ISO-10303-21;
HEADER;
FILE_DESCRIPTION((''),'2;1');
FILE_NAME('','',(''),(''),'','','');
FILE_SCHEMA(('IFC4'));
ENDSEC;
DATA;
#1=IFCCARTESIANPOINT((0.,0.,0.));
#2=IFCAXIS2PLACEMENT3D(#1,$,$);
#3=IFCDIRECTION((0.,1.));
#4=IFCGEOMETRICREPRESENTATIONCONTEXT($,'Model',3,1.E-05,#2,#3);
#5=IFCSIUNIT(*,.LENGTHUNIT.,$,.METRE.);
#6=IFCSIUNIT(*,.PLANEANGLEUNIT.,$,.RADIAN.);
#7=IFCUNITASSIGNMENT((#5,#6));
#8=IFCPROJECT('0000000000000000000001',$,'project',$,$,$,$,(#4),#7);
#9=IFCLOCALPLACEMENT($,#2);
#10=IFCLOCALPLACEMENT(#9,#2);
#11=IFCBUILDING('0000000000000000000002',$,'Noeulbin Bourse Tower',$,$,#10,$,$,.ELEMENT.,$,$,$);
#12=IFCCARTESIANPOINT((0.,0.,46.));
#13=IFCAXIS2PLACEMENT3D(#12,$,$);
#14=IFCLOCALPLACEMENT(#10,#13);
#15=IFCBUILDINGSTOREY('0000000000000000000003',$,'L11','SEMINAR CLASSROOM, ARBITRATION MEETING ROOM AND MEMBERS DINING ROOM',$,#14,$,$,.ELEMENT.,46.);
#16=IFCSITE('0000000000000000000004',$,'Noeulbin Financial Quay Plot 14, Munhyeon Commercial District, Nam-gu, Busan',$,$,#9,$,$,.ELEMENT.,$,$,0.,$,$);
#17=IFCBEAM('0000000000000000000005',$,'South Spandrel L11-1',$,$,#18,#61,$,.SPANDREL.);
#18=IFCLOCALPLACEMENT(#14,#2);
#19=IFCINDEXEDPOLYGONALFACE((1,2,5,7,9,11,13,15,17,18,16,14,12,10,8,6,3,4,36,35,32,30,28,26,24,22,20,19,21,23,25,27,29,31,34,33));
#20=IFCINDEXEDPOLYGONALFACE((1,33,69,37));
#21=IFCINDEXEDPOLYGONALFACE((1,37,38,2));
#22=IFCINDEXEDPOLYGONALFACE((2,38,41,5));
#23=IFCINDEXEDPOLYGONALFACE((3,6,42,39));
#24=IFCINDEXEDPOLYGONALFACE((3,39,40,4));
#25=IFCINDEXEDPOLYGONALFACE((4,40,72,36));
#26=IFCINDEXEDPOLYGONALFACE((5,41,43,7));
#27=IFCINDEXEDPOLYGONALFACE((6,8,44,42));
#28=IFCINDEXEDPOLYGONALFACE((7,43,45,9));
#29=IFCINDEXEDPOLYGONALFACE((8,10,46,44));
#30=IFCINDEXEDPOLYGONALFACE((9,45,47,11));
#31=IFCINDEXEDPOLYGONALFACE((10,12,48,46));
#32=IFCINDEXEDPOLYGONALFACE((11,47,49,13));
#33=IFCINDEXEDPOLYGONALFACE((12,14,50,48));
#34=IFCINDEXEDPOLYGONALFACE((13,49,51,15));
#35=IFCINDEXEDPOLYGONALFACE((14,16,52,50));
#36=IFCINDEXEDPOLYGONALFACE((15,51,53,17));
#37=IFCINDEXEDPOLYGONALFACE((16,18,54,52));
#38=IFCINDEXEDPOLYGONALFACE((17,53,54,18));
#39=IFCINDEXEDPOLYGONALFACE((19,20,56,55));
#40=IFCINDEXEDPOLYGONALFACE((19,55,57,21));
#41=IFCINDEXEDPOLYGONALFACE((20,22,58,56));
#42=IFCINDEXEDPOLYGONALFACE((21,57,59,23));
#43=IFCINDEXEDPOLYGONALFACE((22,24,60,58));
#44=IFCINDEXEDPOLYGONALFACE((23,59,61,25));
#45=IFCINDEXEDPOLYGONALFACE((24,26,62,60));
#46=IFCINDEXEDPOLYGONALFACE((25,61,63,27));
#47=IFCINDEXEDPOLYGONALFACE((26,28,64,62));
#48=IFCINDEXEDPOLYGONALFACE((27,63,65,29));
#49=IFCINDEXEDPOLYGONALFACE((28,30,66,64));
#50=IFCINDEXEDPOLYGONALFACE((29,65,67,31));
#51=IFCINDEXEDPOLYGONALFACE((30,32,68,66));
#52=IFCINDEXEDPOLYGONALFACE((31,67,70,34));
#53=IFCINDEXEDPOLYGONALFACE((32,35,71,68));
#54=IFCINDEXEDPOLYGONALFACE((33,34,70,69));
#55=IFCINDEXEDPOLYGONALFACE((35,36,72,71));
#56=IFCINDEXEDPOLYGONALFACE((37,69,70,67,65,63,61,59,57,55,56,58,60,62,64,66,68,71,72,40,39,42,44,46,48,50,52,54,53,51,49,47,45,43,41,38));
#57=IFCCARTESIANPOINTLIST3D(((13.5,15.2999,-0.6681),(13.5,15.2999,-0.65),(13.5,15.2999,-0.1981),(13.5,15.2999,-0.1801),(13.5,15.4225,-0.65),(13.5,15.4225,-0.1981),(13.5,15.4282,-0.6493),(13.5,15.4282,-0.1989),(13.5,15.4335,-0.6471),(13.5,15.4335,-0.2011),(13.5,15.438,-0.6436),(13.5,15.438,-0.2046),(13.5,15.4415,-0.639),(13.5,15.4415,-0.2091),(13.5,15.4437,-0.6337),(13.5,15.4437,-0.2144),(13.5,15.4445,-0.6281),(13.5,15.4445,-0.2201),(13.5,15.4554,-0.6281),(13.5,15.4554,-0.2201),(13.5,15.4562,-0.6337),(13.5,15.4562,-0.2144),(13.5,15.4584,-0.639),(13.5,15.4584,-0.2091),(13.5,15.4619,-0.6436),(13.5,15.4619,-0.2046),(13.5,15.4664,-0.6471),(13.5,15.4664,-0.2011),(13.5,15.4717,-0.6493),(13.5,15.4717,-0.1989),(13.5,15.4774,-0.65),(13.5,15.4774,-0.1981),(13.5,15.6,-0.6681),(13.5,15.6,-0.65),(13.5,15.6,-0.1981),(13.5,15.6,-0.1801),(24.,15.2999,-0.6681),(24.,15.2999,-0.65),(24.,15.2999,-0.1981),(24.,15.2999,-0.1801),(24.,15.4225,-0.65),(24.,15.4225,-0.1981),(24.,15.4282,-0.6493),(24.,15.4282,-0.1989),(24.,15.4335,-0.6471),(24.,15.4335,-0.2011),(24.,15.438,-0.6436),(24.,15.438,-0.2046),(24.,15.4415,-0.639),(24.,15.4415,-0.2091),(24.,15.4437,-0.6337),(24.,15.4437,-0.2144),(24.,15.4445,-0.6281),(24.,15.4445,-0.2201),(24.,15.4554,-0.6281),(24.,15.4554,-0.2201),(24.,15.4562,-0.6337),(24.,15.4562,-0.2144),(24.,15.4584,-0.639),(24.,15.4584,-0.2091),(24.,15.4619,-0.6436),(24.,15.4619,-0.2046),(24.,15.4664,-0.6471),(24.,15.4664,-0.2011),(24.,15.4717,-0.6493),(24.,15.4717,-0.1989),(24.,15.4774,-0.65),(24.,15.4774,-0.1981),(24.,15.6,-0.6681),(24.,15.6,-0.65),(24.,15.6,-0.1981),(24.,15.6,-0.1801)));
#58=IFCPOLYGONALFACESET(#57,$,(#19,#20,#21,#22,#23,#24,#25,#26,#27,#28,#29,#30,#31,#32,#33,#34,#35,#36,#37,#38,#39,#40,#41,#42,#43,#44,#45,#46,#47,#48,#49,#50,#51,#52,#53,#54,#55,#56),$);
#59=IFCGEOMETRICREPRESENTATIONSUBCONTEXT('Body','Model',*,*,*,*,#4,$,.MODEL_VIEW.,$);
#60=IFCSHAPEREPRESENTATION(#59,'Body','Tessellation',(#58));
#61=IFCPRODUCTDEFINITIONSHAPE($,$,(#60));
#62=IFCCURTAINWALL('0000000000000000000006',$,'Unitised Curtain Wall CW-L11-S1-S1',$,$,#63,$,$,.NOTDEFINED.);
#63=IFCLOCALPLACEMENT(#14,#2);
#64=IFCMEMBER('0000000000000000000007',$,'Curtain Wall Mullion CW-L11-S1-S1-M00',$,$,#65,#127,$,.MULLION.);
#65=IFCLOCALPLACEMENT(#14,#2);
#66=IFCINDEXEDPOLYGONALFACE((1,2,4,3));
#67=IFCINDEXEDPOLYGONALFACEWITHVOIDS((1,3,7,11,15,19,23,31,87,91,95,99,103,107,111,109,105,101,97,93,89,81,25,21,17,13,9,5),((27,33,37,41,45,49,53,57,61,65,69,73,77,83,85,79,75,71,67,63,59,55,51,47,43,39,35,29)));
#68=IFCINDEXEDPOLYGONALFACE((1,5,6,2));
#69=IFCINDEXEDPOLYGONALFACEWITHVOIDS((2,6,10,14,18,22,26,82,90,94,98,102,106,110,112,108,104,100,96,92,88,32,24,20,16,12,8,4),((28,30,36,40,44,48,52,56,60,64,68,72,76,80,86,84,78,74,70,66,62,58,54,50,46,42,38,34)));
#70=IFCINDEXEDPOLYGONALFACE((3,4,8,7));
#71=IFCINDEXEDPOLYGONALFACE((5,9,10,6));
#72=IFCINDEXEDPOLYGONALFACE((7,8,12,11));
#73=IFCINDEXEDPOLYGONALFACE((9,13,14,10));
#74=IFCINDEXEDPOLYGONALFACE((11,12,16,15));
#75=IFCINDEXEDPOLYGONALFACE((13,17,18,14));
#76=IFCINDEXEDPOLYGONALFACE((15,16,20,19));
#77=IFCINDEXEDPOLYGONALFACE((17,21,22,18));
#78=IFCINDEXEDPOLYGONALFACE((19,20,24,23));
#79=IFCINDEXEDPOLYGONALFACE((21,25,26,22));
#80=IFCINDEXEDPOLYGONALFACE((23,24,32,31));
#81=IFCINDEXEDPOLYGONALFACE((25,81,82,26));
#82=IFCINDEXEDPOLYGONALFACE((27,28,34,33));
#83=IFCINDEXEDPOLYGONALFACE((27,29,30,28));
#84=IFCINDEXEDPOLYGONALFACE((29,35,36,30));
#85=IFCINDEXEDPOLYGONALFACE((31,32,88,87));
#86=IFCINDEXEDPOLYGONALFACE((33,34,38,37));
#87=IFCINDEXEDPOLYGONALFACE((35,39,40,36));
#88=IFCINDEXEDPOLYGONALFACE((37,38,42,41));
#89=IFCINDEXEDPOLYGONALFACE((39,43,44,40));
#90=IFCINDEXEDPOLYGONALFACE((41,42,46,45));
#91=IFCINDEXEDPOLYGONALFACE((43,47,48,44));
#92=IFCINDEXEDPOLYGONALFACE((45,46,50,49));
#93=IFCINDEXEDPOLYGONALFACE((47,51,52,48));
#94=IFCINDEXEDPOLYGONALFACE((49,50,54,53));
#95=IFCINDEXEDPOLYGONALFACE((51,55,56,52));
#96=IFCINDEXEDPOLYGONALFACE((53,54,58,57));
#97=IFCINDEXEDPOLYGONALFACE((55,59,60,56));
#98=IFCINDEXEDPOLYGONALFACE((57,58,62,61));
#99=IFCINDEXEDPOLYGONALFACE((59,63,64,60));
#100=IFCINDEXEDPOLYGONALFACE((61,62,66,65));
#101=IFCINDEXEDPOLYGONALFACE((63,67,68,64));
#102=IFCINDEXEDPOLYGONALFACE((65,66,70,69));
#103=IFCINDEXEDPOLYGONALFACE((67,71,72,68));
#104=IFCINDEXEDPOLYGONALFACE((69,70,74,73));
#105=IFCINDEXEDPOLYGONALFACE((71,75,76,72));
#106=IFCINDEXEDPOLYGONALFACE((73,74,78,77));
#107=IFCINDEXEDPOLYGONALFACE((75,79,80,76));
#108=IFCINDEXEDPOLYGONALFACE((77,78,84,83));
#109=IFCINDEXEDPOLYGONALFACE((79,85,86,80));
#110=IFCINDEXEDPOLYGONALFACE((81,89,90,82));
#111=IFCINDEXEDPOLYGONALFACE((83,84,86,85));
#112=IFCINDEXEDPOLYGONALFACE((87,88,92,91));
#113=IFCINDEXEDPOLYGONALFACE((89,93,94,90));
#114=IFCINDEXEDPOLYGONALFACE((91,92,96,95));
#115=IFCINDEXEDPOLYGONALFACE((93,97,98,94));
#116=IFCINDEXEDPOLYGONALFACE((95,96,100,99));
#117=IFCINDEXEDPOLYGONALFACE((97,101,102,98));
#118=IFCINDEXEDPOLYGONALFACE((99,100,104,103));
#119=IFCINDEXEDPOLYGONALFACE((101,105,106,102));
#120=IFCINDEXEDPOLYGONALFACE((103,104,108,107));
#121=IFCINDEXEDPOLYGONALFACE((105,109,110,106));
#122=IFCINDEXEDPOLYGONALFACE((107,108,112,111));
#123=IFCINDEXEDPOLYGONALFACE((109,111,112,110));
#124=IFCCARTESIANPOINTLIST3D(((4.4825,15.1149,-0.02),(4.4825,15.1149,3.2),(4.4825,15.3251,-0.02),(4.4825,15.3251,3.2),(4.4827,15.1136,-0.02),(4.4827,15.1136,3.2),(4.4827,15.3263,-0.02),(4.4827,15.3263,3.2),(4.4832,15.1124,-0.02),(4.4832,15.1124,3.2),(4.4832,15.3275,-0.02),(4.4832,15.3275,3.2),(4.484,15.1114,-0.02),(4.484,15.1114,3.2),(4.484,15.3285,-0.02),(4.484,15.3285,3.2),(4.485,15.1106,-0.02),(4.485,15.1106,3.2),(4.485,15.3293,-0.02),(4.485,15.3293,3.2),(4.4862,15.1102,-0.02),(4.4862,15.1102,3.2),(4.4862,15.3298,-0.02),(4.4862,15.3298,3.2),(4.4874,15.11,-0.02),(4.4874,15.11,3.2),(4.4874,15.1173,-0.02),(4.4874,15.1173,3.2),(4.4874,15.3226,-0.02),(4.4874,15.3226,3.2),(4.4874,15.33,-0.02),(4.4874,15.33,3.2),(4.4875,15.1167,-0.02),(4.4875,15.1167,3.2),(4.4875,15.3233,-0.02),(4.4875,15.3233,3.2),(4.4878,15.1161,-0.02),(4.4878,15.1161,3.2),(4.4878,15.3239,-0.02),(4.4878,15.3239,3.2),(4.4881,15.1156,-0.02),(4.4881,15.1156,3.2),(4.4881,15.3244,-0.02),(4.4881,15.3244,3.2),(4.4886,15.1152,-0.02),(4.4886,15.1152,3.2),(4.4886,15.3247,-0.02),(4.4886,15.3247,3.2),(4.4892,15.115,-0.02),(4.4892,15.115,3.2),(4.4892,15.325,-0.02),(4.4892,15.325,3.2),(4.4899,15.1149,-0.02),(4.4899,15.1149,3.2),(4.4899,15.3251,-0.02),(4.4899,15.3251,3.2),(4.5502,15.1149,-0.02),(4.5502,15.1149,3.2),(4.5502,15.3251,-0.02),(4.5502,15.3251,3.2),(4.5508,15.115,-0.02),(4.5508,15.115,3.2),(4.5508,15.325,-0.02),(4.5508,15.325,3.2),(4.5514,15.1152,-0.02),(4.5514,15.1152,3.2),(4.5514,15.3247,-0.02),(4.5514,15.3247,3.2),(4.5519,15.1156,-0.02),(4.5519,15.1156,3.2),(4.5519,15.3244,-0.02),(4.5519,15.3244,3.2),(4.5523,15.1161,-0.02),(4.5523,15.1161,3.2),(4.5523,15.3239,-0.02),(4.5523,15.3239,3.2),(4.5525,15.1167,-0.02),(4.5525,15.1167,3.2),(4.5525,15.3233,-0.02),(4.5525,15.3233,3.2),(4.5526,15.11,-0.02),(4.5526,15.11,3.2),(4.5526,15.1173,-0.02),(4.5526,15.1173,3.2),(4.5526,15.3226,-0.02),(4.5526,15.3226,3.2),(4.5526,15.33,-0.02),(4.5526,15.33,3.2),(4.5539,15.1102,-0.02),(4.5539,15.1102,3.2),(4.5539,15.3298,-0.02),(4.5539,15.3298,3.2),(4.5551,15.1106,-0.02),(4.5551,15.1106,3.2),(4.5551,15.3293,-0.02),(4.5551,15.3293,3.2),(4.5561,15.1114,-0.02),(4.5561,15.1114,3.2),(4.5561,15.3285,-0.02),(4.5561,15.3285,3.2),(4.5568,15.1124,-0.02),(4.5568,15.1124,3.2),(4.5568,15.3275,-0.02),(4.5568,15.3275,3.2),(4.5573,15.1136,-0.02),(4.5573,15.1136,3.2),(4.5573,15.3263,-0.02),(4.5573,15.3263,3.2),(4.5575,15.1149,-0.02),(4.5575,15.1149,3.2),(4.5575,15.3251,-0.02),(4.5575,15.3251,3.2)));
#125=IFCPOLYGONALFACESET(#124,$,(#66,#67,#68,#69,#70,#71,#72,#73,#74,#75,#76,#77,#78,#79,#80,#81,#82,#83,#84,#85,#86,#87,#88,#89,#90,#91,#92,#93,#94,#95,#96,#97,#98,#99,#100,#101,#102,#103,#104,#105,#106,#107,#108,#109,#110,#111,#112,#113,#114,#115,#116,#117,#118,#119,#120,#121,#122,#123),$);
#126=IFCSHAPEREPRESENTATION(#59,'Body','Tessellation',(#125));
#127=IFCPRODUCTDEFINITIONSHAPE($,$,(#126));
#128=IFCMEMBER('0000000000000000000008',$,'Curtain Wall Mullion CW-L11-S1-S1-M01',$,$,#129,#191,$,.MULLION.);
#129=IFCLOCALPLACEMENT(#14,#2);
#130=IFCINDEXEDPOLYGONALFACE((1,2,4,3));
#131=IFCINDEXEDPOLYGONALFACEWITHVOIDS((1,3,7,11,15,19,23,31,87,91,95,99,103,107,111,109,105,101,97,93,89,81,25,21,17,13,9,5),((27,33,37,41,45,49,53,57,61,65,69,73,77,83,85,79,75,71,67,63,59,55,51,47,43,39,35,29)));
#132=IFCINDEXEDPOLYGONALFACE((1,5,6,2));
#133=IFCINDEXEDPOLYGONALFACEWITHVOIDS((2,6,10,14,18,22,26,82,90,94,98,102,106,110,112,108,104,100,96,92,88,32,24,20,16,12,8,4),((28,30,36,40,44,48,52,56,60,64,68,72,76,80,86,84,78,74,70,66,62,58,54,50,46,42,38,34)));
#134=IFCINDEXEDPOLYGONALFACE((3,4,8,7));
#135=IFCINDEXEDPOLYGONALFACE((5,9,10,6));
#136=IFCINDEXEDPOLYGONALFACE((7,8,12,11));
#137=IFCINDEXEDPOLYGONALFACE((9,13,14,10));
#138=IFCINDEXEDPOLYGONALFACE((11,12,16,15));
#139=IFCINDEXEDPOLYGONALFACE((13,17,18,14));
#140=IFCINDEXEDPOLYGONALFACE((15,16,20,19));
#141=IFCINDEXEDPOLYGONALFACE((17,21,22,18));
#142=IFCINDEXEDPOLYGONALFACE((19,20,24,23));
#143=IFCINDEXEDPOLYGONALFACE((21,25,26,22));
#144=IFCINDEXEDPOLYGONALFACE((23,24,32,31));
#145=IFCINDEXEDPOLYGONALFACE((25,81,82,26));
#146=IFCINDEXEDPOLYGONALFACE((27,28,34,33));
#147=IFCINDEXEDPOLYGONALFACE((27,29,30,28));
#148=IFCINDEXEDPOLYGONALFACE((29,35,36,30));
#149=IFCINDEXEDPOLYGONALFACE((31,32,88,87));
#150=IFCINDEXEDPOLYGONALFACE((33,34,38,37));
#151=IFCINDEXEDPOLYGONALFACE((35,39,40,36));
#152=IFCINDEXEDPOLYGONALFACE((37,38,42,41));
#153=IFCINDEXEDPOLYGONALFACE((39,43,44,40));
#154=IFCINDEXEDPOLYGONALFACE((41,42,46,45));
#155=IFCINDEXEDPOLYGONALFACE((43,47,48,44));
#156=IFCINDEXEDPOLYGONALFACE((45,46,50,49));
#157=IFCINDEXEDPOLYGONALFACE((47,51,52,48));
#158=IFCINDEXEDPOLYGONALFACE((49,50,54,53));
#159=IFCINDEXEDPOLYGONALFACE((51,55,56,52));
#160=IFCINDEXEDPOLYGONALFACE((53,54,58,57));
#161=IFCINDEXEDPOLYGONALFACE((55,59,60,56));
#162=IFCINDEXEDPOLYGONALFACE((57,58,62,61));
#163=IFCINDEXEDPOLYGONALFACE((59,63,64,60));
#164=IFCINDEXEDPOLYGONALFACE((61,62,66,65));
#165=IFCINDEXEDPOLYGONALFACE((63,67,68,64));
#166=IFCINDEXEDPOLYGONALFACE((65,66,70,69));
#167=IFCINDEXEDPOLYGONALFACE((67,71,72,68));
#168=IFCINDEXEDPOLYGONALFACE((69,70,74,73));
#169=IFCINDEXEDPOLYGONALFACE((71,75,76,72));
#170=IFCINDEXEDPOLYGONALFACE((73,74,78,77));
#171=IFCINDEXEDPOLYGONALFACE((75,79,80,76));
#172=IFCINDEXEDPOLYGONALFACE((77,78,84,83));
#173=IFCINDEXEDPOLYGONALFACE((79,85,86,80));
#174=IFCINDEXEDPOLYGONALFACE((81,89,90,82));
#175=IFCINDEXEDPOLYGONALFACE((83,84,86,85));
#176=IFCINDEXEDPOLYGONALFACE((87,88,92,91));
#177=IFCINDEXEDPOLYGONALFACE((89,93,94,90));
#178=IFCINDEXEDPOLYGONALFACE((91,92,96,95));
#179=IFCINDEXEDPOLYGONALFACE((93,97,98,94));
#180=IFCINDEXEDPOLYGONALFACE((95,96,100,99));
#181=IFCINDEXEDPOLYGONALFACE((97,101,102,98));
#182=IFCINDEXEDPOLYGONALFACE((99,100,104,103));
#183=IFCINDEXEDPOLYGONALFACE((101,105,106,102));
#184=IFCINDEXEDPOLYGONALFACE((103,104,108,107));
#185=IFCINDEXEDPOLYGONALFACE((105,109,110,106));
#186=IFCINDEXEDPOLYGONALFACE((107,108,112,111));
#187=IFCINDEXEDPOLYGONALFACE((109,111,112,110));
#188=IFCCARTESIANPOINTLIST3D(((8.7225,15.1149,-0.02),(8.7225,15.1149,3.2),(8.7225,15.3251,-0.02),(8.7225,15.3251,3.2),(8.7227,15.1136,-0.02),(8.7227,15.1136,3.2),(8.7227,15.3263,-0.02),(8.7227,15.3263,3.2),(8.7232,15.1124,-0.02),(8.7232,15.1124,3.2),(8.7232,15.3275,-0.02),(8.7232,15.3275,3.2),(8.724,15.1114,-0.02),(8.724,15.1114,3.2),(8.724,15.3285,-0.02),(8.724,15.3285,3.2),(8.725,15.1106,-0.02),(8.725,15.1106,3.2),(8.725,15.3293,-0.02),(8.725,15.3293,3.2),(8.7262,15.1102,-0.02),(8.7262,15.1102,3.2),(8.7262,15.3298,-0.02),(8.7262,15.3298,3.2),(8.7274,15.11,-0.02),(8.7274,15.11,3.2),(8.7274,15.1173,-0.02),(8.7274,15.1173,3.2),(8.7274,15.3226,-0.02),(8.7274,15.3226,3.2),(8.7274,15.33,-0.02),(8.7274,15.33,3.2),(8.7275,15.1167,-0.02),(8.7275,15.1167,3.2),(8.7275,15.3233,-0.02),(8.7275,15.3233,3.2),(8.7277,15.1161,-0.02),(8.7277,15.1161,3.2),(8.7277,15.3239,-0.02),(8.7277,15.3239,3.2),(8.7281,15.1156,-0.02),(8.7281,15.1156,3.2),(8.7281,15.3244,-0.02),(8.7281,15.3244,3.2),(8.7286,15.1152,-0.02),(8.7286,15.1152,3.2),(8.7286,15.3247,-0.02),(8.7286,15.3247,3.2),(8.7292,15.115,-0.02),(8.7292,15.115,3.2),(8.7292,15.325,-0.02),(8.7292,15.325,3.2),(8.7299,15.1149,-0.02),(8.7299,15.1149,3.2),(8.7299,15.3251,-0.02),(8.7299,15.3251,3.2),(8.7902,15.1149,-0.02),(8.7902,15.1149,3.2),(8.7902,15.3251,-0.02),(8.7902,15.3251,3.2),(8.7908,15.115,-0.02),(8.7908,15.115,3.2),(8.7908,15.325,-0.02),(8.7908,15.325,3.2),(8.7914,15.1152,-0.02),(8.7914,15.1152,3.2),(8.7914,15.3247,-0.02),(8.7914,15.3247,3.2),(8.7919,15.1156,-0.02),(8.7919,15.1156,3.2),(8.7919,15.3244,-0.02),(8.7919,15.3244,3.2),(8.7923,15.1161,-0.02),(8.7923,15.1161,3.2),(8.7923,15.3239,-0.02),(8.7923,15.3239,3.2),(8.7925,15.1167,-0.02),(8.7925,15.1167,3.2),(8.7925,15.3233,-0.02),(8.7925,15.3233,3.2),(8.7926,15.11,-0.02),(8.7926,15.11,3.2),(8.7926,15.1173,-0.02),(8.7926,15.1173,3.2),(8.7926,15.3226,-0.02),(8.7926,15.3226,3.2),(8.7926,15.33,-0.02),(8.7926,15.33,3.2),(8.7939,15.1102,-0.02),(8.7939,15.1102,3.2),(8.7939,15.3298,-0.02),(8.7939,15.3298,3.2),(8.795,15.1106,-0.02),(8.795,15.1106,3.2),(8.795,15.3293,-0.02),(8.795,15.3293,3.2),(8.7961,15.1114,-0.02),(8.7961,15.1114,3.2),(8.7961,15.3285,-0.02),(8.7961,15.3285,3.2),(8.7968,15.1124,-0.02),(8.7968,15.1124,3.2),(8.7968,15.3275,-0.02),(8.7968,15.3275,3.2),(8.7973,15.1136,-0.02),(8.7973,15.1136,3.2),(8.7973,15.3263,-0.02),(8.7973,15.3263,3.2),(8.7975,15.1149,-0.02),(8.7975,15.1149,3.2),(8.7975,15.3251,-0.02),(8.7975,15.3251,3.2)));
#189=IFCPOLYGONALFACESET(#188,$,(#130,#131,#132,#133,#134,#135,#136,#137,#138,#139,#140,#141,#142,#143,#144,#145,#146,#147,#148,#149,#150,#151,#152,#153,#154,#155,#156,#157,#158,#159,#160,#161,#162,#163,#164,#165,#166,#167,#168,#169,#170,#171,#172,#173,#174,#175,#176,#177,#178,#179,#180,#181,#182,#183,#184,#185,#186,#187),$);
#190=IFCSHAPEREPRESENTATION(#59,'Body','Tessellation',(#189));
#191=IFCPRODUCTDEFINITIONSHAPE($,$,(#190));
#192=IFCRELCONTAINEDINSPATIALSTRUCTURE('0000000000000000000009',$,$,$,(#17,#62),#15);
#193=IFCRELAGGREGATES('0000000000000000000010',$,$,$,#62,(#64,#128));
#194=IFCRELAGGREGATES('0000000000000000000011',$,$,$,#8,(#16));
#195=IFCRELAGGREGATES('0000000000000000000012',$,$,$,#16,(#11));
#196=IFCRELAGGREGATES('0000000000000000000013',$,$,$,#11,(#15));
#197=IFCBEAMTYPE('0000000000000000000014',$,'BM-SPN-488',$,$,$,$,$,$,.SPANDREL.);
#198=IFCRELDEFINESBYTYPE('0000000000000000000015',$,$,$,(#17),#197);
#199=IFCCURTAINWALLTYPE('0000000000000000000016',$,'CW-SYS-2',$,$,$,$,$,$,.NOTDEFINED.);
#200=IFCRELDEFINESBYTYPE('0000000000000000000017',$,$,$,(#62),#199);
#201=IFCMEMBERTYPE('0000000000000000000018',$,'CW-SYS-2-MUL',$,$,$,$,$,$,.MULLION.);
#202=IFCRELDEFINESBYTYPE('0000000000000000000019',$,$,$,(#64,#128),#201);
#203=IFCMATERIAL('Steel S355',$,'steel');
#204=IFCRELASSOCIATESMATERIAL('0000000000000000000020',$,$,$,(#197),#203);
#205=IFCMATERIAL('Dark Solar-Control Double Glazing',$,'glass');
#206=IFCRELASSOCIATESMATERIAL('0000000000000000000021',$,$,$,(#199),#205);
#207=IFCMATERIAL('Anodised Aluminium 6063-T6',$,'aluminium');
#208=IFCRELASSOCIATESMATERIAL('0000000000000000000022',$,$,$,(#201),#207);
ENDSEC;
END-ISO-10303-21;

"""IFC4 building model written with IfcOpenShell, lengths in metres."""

from ifc_helpers import new_model, si_unit, direction, frame, origin, origin_2d, place, context, subcontext, project, spatial, hollow_rectangle, i_section, extrude, material, material_profile, profile_set, type_object, element, aggregate, save


model = new_model("IFC4")

# Units and contexts
model_context = context("Model", 3, precision=1e-05, world=origin(), true_north=direction((0.0, 1.0)))
body_context = subcontext(model_context, "Body", "Model", "MODEL_VIEW")
ifc_project = project(units=[si_unit("LENGTHUNIT", "METRE"), si_unit("PLANEANGLEUNIT", "RADIAN")], contexts=[model_context])

# Site, building, storey
site_placement = place(None, origin())
site = spatial("IfcSite", under=ifc_project, at=site_placement, Name="Noeulbin Financial Quay Plot 14, Munhyeon Commercial District, Nam-gu, Busan", CompositionType="ELEMENT", RefElevation=0.0)
building_placement = place(site_placement, origin())
building = spatial("IfcBuilding", under=site, at=building_placement, Name="Noeulbin Bourse Tower", CompositionType="ELEMENT")
storey_placement = place(building_placement, frame((0.0, 0.0, 46.0)))
storey = spatial("IfcBuildingStorey", under=building, at=storey_placement, Name="L11", Description="SEMINAR CLASSROOM, ARBITRATION MEETING ROOM AND MEMBERS DINING ROOM", CompositionType="ELEMENT", Elevation=46.0)

# Beam
ifc_material_1 = material(Name="Steel S355", Category="steel")
ifc_material_profile_1 = material_profile(ifc_material_1, i_section(OverallWidth=0.3, OverallDepth=0.488, WebThickness=0.011, FlangeThickness=0.0181, FilletRadius=0.022, at=origin_2d()), Name="H-488x300x11x18", Category="LoadBearing")
ifc_profile_set_1 = profile_set([ifc_material_profile_1], Name="Steel S355")
beam_type_1 = type_object("IfcBeamType", Name="BM-SPN-488", PredefinedType="SPANDREL", material=ifc_profile_set_1)
beam_1_placement = place(storey_placement, frame((13.5, 15.45, -0.4241), z_axis=(1.0, 0.0, 0.0), x_axis=(0.0, 1.0, 0.0)))
element("IfcBeam", 1, at=beam_1_placement, inside=storey, type_object=beam_type_1, Name="South Spandrel L11-1", PredefinedType="SPANDREL", context=body_context, shape_type="SweptSolid", body=[
    extrude(i_section(OverallWidth=0.3, OverallDepth=0.488, WebThickness=0.011, FlangeThickness=0.0181, FilletRadius=0.022, at=origin_2d()), origin(), (0.0, 0.0, 1.0), 10.5),
])

# Curtain wall, members
ifc_material_2 = material(Name="Dark Solar-Control Double Glazing", Category="glass")
curtain_wall_type = type_object("IfcCurtainWallType", Name="CW-SYS-2", PredefinedType="NOTDEFINED", material=ifc_material_2)
curtain_wall_1_placement = place(storey_placement, origin())
curtain_wall_1 = element("IfcCurtainWall", 2, at=curtain_wall_1_placement, inside=storey, type_object=curtain_wall_type, Name="Unitised Curtain Wall CW-L11-S1-S1", PredefinedType="NOTDEFINED")
ifc_material_3 = material(Name="Anodised Aluminium 6063-T6", Category="aluminium")
ifc_material_profile_2 = material_profile(ifc_material_3, hollow_rectangle(XDim=0.075, YDim=0.22, WallThickness=0.0049, InnerFilletRadius=0.0024, OuterFilletRadius=0.0049, at=origin_2d()), Name="ALU-MULL-75x220x5", Category="LoadBearing")
ifc_profile_set_2 = profile_set([ifc_material_profile_2], Name="Anodised Aluminium 6063-T6")
member_type_1 = type_object("IfcMemberType", Name="CW-SYS-2-MUL", PredefinedType="MULLION", material=ifc_profile_set_2)
member_1_placement = place(storey_placement, frame((4.52, 15.22, -0.02), z_axis=(0.0, 0.0, 1.0), x_axis=(1.0, 0.0, 0.0)))
member_1 = element("IfcMember", 3, at=member_1_placement, type_object=member_type_1, Name="Curtain Wall Mullion CW-L11-S1-S1-M00", PredefinedType="MULLION", context=body_context, shape_type="SweptSolid", body=[
    extrude(hollow_rectangle(XDim=0.075, YDim=0.22, WallThickness=0.0049, InnerFilletRadius=0.0024, OuterFilletRadius=0.0049, at=origin_2d()), origin(), (0.0, 0.0, 1.0), 3.22),
])
member_2_placement = place(storey_placement, frame((8.76, 15.22, -0.02), z_axis=(0.0, 0.0, 1.0), x_axis=(1.0, 0.0, 0.0)))
member_2 = element("IfcMember", 4, at=member_2_placement, type_object=member_type_1, Name="Curtain Wall Mullion CW-L11-S1-S1-M01", PredefinedType="MULLION", context=body_context, shape_type="SweptSolid", body=[
    extrude(hollow_rectangle(XDim=0.075, YDim=0.22, WallThickness=0.0049, InnerFilletRadius=0.0024, OuterFilletRadius=0.0049, at=origin_2d()), origin(), (0.0, 0.0, 1.0), 3.22),
])

aggregate(curtain_wall_1, [member_1, member_2])

save(model, "model.ifc")
